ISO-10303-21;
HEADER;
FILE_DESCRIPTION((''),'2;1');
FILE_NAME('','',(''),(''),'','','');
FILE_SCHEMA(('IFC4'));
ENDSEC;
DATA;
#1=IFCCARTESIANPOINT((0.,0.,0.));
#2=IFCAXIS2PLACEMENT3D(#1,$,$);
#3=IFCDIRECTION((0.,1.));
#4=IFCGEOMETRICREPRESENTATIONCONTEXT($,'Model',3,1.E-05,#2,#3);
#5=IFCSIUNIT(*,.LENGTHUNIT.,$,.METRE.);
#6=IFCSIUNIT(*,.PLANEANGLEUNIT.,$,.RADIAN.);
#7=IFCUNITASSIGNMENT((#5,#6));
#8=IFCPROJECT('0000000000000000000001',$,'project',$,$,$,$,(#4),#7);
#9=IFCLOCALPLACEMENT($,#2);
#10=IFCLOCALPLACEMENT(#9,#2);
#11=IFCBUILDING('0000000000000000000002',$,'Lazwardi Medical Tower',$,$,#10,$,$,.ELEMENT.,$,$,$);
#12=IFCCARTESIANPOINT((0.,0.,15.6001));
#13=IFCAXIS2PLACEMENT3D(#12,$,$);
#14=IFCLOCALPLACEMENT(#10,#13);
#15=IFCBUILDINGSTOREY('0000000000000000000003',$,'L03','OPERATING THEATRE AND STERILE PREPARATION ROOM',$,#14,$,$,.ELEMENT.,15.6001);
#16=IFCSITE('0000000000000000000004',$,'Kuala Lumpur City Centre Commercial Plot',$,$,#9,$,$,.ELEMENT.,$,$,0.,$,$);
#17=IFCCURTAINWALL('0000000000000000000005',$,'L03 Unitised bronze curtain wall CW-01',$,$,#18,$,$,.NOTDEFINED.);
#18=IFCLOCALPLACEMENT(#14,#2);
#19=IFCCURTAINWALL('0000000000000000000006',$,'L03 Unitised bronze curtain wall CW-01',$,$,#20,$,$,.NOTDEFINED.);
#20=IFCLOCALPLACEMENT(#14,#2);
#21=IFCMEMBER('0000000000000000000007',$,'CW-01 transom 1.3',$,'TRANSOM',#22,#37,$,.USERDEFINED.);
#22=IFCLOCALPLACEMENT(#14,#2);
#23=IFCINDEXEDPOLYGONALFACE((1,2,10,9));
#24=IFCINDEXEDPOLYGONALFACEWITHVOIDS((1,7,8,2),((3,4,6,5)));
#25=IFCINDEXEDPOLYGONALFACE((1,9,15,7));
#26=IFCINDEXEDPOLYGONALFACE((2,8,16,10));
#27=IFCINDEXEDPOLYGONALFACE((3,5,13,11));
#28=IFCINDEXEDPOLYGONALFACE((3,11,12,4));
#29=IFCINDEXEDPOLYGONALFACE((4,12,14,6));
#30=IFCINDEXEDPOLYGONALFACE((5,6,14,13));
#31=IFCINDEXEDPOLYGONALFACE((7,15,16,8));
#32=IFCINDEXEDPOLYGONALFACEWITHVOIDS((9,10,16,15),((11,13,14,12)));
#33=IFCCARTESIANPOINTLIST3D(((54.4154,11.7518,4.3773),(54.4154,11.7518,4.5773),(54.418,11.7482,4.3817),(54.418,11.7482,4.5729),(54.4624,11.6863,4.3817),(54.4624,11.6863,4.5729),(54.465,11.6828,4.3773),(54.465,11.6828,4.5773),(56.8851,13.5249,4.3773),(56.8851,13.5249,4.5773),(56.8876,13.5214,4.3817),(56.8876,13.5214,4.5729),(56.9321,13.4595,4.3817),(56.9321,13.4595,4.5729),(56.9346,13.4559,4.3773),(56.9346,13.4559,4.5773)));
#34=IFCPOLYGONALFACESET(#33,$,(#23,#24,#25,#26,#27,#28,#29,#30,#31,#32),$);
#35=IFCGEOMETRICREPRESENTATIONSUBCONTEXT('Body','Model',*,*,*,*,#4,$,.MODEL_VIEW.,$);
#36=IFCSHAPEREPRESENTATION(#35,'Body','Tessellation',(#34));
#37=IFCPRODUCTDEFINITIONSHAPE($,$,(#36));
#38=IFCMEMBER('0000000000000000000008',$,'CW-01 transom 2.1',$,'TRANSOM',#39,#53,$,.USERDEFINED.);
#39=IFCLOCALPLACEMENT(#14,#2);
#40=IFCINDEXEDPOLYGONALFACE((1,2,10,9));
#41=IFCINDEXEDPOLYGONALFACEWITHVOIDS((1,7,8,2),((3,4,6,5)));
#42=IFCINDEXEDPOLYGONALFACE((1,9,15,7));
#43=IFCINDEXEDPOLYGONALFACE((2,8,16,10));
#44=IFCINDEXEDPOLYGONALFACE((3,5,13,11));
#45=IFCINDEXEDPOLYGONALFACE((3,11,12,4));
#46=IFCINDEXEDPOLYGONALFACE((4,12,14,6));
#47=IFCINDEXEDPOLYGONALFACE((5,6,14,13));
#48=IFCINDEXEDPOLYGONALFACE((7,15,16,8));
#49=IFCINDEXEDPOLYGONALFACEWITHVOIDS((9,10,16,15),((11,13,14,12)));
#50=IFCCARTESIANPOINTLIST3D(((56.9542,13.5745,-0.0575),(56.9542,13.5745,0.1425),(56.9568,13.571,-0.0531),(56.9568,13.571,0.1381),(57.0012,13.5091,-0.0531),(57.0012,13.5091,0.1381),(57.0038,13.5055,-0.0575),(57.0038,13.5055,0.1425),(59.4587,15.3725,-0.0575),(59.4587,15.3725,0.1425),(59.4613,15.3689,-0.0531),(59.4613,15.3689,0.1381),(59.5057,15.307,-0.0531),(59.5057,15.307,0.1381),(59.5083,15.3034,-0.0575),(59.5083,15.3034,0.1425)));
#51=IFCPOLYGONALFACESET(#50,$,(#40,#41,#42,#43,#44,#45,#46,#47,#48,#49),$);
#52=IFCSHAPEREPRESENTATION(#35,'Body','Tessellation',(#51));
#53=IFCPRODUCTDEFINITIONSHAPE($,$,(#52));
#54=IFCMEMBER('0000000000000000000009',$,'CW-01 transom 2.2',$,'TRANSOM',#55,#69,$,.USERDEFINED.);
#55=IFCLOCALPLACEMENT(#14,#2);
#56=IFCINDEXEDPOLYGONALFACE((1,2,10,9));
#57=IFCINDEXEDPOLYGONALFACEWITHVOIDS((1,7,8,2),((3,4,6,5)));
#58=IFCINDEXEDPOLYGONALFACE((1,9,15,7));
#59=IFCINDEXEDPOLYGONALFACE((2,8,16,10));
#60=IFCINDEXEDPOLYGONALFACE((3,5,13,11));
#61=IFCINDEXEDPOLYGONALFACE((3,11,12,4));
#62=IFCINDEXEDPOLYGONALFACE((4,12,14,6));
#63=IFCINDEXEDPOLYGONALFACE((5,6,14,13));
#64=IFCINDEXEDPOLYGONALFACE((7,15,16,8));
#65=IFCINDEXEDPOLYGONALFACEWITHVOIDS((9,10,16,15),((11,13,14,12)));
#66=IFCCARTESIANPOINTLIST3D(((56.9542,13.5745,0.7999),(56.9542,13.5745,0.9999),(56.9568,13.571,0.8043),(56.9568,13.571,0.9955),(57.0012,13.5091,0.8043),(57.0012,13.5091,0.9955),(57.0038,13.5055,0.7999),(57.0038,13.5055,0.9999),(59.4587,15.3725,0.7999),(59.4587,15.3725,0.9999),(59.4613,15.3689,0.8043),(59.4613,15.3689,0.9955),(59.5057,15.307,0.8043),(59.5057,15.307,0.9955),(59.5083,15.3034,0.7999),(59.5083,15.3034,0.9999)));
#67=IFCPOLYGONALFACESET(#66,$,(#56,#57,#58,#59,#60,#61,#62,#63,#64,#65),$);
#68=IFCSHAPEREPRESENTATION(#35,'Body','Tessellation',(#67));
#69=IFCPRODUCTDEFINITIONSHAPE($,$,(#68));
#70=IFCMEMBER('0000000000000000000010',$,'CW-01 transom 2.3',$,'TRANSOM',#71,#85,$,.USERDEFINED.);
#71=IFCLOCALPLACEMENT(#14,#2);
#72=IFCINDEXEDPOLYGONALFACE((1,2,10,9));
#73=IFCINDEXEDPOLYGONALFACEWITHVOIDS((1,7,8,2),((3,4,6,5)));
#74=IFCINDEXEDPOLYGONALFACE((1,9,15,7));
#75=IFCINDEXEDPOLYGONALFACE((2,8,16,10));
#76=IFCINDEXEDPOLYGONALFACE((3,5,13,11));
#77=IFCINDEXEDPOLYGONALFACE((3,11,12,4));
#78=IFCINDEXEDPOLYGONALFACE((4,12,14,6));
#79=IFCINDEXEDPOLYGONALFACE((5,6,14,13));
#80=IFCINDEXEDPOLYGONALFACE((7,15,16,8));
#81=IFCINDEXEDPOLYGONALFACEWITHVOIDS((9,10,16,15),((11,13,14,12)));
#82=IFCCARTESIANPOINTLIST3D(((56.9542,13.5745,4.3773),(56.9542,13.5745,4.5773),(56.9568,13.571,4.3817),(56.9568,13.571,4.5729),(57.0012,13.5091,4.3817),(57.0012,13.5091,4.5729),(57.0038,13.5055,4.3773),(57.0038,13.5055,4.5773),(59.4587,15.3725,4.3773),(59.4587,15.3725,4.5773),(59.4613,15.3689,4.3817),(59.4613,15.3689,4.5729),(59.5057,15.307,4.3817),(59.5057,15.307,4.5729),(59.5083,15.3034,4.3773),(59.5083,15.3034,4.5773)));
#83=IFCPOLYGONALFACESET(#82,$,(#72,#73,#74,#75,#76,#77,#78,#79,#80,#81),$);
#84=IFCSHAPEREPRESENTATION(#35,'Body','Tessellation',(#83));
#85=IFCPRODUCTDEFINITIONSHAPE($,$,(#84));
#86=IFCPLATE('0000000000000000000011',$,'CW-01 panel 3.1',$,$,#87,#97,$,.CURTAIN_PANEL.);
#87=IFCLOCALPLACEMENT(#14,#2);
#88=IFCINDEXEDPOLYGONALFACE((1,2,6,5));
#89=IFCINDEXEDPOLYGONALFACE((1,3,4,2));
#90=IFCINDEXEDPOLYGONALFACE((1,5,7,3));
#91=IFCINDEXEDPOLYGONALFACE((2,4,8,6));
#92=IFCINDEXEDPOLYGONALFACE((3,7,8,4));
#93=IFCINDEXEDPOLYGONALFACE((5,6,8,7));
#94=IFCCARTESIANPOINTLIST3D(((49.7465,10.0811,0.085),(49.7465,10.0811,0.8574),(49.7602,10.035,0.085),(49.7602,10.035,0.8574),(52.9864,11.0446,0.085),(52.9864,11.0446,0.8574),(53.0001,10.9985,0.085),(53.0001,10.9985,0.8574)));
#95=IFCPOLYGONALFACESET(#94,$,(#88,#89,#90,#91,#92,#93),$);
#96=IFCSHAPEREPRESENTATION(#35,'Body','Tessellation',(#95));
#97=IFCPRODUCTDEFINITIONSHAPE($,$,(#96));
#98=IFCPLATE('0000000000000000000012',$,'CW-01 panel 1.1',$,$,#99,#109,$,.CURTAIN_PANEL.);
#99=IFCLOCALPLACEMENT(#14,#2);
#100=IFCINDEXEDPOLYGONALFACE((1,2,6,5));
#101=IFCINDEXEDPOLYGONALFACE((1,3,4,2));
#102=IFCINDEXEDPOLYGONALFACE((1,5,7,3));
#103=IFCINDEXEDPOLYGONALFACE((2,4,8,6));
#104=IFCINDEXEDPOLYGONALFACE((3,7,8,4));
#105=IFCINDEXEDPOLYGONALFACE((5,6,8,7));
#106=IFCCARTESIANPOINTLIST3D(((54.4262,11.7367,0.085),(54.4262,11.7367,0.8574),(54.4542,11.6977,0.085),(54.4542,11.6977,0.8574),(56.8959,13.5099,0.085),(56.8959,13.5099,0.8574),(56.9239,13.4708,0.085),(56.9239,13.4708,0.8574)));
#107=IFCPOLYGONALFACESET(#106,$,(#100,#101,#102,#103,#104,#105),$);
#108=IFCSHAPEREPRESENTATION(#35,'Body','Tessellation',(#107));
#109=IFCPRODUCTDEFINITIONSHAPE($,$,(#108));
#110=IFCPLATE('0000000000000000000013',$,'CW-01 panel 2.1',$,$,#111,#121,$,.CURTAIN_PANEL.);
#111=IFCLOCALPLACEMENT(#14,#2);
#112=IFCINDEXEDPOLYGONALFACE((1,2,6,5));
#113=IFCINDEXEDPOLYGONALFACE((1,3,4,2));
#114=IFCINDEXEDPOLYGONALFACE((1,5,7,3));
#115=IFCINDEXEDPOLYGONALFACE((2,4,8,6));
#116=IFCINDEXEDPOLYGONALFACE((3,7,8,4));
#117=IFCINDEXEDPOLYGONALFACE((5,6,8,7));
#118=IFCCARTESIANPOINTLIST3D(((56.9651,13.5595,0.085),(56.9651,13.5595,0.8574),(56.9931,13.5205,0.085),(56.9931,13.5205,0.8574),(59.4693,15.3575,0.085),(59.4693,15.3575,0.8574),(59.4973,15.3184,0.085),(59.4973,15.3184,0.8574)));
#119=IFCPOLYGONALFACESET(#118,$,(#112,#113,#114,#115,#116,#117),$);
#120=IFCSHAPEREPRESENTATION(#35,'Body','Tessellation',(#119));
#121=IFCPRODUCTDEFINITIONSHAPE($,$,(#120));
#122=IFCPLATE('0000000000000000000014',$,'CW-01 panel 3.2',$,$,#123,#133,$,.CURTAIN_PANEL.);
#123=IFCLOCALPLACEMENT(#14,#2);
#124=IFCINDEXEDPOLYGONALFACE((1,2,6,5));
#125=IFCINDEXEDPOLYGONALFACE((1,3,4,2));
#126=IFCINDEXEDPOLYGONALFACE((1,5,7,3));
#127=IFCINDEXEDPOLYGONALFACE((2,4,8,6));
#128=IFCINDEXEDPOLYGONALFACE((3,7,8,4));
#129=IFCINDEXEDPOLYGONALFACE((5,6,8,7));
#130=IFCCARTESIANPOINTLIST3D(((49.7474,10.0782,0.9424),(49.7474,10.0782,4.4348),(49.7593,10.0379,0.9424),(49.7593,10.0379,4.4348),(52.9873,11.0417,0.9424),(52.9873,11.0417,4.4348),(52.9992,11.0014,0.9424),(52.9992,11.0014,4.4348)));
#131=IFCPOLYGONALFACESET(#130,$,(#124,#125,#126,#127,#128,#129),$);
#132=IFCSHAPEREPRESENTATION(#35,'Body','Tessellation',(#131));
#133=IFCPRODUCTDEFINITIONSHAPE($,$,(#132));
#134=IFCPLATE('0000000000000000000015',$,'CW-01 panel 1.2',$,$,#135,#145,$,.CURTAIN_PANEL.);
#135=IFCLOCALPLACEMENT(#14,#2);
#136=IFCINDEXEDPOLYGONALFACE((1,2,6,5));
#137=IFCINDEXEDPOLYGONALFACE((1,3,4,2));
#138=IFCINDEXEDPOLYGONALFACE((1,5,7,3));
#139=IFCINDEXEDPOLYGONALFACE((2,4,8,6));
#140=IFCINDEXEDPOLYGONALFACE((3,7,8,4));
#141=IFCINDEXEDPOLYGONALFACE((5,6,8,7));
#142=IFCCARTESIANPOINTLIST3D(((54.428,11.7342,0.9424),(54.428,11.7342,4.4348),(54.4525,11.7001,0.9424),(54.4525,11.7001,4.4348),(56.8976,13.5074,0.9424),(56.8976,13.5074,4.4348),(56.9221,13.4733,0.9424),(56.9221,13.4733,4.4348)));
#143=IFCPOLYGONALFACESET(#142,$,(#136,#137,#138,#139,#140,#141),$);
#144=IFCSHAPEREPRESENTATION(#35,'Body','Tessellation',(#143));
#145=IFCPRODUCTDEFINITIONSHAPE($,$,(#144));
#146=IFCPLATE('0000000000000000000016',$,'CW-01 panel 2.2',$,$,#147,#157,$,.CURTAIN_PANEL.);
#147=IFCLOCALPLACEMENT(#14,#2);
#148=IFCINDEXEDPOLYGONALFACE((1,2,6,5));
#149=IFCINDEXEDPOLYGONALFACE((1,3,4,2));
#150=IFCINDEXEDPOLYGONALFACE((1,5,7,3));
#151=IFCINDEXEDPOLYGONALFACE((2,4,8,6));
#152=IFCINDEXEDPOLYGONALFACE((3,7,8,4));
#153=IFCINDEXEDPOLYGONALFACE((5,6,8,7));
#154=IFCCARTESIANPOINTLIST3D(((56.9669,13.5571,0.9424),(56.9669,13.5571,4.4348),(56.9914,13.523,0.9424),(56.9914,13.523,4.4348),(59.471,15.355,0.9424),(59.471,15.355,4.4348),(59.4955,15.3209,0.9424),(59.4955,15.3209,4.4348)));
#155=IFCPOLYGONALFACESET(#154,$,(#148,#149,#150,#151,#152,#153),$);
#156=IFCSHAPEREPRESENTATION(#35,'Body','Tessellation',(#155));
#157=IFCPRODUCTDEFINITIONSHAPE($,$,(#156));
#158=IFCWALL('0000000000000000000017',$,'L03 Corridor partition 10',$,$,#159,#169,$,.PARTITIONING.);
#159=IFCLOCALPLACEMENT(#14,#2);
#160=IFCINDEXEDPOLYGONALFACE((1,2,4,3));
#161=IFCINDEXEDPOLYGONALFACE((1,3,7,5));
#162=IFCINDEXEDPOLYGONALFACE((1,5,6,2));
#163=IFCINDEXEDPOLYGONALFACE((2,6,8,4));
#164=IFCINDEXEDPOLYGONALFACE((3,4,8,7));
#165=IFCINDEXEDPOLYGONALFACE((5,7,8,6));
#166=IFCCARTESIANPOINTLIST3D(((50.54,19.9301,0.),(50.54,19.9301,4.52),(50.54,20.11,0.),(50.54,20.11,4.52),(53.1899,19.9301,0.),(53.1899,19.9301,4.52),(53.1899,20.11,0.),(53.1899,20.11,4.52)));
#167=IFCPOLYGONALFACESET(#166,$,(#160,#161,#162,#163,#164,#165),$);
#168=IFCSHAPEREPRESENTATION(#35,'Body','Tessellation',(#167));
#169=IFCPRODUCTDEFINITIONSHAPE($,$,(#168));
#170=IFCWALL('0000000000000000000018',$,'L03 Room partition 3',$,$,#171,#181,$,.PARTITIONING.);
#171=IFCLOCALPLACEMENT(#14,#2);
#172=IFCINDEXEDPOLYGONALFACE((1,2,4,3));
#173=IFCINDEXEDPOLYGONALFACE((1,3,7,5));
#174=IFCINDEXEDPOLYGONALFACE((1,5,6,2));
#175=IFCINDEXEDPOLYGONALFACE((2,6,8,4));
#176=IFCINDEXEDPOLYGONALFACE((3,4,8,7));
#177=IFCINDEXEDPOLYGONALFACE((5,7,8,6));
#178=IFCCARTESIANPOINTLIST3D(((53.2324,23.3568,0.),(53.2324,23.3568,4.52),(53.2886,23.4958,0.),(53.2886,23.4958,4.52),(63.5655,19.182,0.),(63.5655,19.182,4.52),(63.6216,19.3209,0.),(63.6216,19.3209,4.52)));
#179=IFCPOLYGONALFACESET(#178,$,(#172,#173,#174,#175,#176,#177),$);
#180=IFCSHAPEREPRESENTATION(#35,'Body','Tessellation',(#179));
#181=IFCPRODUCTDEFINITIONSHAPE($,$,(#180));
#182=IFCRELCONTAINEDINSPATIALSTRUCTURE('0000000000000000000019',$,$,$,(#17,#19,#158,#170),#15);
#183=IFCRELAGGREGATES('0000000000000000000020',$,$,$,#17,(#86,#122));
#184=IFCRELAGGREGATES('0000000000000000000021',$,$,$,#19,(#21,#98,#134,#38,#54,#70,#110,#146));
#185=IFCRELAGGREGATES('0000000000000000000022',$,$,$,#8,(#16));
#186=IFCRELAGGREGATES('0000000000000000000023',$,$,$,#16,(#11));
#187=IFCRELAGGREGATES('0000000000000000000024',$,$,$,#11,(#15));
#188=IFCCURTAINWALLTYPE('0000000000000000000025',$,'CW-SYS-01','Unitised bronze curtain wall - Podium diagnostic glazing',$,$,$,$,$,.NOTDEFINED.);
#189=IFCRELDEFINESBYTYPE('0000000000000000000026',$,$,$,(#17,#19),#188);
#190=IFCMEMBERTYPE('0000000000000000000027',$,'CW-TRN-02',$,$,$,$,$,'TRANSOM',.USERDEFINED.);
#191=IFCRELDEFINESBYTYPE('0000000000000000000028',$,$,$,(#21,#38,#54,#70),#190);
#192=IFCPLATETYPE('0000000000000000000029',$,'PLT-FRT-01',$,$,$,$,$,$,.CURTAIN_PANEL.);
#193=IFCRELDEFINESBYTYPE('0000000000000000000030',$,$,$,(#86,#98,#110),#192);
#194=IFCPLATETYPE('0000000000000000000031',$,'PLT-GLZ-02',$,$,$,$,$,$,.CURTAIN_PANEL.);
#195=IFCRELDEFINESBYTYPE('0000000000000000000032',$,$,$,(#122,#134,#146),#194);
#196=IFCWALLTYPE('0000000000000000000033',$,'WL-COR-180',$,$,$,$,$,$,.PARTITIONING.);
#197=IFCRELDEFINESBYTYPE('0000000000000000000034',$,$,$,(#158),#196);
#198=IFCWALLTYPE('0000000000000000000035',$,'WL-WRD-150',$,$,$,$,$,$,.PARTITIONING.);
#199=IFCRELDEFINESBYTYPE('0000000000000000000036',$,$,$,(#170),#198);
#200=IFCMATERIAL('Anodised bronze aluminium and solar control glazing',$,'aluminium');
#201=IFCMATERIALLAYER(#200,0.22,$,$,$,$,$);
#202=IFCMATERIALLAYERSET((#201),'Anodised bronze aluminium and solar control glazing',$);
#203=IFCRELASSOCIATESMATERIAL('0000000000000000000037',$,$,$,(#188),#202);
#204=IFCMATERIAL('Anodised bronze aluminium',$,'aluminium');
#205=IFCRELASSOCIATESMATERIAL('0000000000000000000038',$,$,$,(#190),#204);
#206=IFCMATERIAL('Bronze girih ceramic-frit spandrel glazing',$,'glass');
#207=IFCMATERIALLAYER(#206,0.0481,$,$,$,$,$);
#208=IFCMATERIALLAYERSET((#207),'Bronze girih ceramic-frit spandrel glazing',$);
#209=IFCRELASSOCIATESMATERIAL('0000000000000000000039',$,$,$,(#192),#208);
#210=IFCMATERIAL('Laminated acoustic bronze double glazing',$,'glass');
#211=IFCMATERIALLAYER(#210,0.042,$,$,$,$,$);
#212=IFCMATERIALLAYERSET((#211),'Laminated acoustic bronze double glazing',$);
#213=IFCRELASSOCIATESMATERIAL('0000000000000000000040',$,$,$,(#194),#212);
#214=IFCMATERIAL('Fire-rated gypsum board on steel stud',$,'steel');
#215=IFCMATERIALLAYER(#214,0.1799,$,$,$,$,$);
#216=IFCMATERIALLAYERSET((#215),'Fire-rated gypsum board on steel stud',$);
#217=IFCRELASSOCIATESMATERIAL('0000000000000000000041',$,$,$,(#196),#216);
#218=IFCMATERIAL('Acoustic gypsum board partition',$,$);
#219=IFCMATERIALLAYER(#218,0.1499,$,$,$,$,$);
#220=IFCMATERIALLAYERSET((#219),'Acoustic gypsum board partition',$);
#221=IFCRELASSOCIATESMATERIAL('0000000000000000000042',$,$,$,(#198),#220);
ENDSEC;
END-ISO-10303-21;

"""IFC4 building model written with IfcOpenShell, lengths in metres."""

from ifc_helpers import new_model, si_unit, direction, frame, frame_2d, origin, origin_2d, place, context, subcontext, project, spatial, rectangle, hollow_rectangle, extrude, material, layer, layer_set, material_profile, profile_set, type_object, element, aggregate, save


model = new_model("IFC4")

# Units and contexts
model_context = context("Model", 3, precision=1e-05, world=origin(), true_north=direction((0.0, 1.0)))
body_context = subcontext(model_context, "Body", "Model", "MODEL_VIEW")
ifc_project = project(units=[si_unit("LENGTHUNIT", "METRE"), si_unit("PLANEANGLEUNIT", "RADIAN")], contexts=[model_context])

# Site, building, storey
site_placement = place(None, origin())
site = spatial("IfcSite", under=ifc_project, at=site_placement, Name="Kuala Lumpur City Centre Commercial Plot", CompositionType="ELEMENT", RefElevation=0.0)
building_placement = place(site_placement, origin())
building = spatial("IfcBuilding", under=site, at=building_placement, Name="Lazwardi Medical Tower", CompositionType="ELEMENT")
storey_placement = place(building_placement, frame((0.0, 0.0, 15.6001)))
storey = spatial("IfcBuildingStorey", under=building, at=storey_placement, Name="L03", Description="OPERATING THEATRE AND STERILE PREPARATION ROOM", CompositionType="ELEMENT", Elevation=15.6001)

# Curtain wall
ifc_material_1 = material(Name="Anodised bronze aluminium and solar control glazing", Category="aluminium")
ifc_layer_1 = layer(ifc_material_1, 0.22)
ifc_layer_set_1 = layer_set([ifc_layer_1], Name="Anodised bronze aluminium and solar control glazing")
curtain_wall_type = type_object("IfcCurtainWallType", Name="CW-SYS-01", Description="Unitised bronze curtain wall - Podium diagnostic glazing", PredefinedType="NOTDEFINED", material=ifc_layer_set_1)
curtain_wall_1_placement = place(storey_placement, origin())
curtain_wall_1 = element("IfcCurtainWall", 1, at=curtain_wall_1_placement, inside=storey, type_object=curtain_wall_type, Name="L03 Unitised bronze curtain wall CW-01", PredefinedType="NOTDEFINED")
ifc_material_2 = material(Name="Anodised bronze aluminium", Category="aluminium")

# Curtain wall
curtain_wall_2_placement = place(storey_placement, origin())
curtain_wall_2 = element("IfcCurtainWall", 2, at=curtain_wall_2_placement, inside=storey, type_object=curtain_wall_type, Name="L03 Unitised bronze curtain wall CW-01", PredefinedType="NOTDEFINED")

# Members
ifc_material_profile_1 = material_profile(ifc_material_2, hollow_rectangle(XDim=0.085, YDim=0.2, WallThickness=0.0044, at=origin_2d()), Name="ALU-TRANSOM 200x85x4.5")
ifc_profile_set_1 = profile_set([ifc_material_profile_1], Name="Anodised bronze aluminium")
member_type_1 = type_object("IfcMemberType", Name="CW-TRN-02", ElementType="TRANSOM", PredefinedType="USERDEFINED", material=ifc_profile_set_1)
member_1_placement = place(storey_placement, frame((54.4402, 11.7173, 4.4773), z_axis=(0.812315, 0.583219, 0.0), x_axis=(-0.583219, 0.812315, 0.0)))
member_1 = element("IfcMember", 3, at=member_1_placement, type_object=member_type_1, Name="CW-01 transom 1.3", ObjectType="TRANSOM", PredefinedType="USERDEFINED", context=body_context, shape_type="SweptSolid", body=[
    extrude(hollow_rectangle(XDim=0.085, YDim=0.2, WallThickness=0.0044, at=origin_2d()), origin(), (0.0, 0.0, 1.0), 3.0403),
])
member_2_placement = place(storey_placement, frame((56.979, 13.54, 0.0425), z_axis=(0.812351, 0.583169, 0.0), x_axis=(-0.583169, 0.812351, 0.0)))
member_2 = element("IfcMember", 4, at=member_2_placement, type_object=member_type_1, Name="CW-01 transom 2.1", ObjectType="TRANSOM", PredefinedType="USERDEFINED", context=body_context, shape_type="SweptSolid", body=[
    extrude(hollow_rectangle(XDim=0.085, YDim=0.2, WallThickness=0.0044, at=origin_2d()), origin(), (0.0, 0.0, 1.0), 3.083),
])
member_3_placement = place(storey_placement, frame((56.979, 13.54, 0.8999), z_axis=(0.812351, 0.583169, 0.0), x_axis=(-0.583169, 0.812351, 0.0)))
member_3 = element("IfcMember", 5, at=member_3_placement, type_object=member_type_1, Name="CW-01 transom 2.2", ObjectType="TRANSOM", PredefinedType="USERDEFINED", context=body_context, shape_type="SweptSolid", body=[
    extrude(hollow_rectangle(XDim=0.085, YDim=0.2, WallThickness=0.0044, at=origin_2d()), origin(), (0.0, 0.0, 1.0), 3.083),
])
member_4_placement = place(storey_placement, frame((56.979, 13.54, 4.4773), z_axis=(0.812351, 0.583169, 0.0), x_axis=(-0.583169, 0.812351, 0.0)))
member_4 = element("IfcMember", 6, at=member_4_placement, type_object=member_type_1, Name="CW-01 transom 2.3", ObjectType="TRANSOM", PredefinedType="USERDEFINED", context=body_context, shape_type="SweptSolid", body=[
    extrude(hollow_rectangle(XDim=0.085, YDim=0.2, WallThickness=0.0044, at=origin_2d()), origin(), (0.0, 0.0, 1.0), 3.083),
])

# Plates
ifc_material_3 = material(Name="Bronze girih ceramic-frit spandrel glazing", Category="glass")
ifc_layer_2 = layer(ifc_material_3, 0.0481)
ifc_layer_set_2 = layer_set([ifc_layer_2], Name="Bronze girih ceramic-frit spandrel glazing")
plate_type_1 = type_object("IfcPlateType", Name="PLT-FRT-01", PredefinedType="CURTAIN_PANEL", material=ifc_layer_set_2)
plate_1_placement = place(storey_placement, frame((51.3733, 10.5398, 0.085), z_axis=(0.0, 0.0, 1.0), x_axis=(0.958513, 0.285047, 0.0)))
plate_1 = element("IfcPlate", 7, at=plate_1_placement, type_object=plate_type_1, Name="CW-01 panel 3.1", PredefinedType="CURTAIN_PANEL", context=body_context, shape_type="SweptSolid", body=[
    extrude(rectangle(XDim=3.3801, YDim=0.0481, at=origin_2d()), origin(), (0.0, 0.0, 1.0), 0.7725),
])
plate_2_placement = place(storey_placement, frame((55.675, 12.6038, 0.085), z_axis=(0.0, 0.0, 1.0), x_axis=(0.812318, 0.583214, 0.0)))
plate_2 = element("IfcPlate", 8, at=plate_2_placement, type_object=plate_type_1, Name="CW-01 panel 1.1", PredefinedType="CURTAIN_PANEL", context=body_context, shape_type="SweptSolid", body=[
    extrude(rectangle(XDim=3.0403, YDim=0.0481, at=origin_2d()), origin(), (0.0, 0.0, 1.0), 0.7725),
])
plate_3_placement = place(storey_placement, frame((58.2312, 14.439, 0.085), z_axis=(0.0, 0.0, 1.0), x_axis=(0.812318, 0.583214, 0.0)))
plate_3 = element("IfcPlate", 9, at=plate_3_placement, type_object=plate_type_1, Name="CW-01 panel 2.1", PredefinedType="CURTAIN_PANEL", context=body_context, shape_type="SweptSolid", body=[
    extrude(rectangle(XDim=3.0828, YDim=0.0481, at=origin_2d()), origin(), (0.0, 0.0, 1.0), 0.7725),
])
ifc_material_4 = material(Name="Laminated acoustic bronze double glazing", Category="glass")
ifc_layer_3 = layer(ifc_material_4, 0.042)
ifc_layer_set_3 = layer_set([ifc_layer_3], Name="Laminated acoustic bronze double glazing")
plate_type_2 = type_object("IfcPlateType", Name="PLT-GLZ-02", PredefinedType="CURTAIN_PANEL", material=ifc_layer_set_3)
plate_4_placement = place(storey_placement, frame((51.3733, 10.5398, 0.9424), z_axis=(0.0, 0.0, 1.0), x_axis=(0.958513, 0.285047, 0.0)))
plate_4 = element("IfcPlate", 10, at=plate_4_placement, type_object=plate_type_2, Name="CW-01 panel 3.2", PredefinedType="CURTAIN_PANEL", context=body_context, shape_type="SweptSolid", body=[
    extrude(rectangle(XDim=3.3801, YDim=0.042, at=origin_2d()), origin(), (0.0, 0.0, 1.0), 3.4924),
])
aggregate(curtain_wall_1, [plate_1, plate_4])
plate_5_placement = place(storey_placement, frame((55.675, 12.6038, 0.9424), z_axis=(0.0, 0.0, 1.0), x_axis=(0.812318, 0.583214, 0.0)))
plate_5 = element("IfcPlate", 11, at=plate_5_placement, type_object=plate_type_2, Name="CW-01 panel 1.2", PredefinedType="CURTAIN_PANEL", context=body_context, shape_type="SweptSolid", body=[
    extrude(rectangle(XDim=3.0403, YDim=0.042, at=origin_2d()), origin(), (0.0, 0.0, 1.0), 3.4924),
])
plate_6_placement = place(storey_placement, frame((58.2312, 14.439, 0.9424), z_axis=(0.0, 0.0, 1.0), x_axis=(0.812318, 0.583214, 0.0)))
plate_6 = element("IfcPlate", 12, at=plate_6_placement, type_object=plate_type_2, Name="CW-01 panel 2.2", PredefinedType="CURTAIN_PANEL", context=body_context, shape_type="SweptSolid", body=[
    extrude(rectangle(XDim=3.0828, YDim=0.042, at=origin_2d()), origin(), (0.0, 0.0, 1.0), 3.4924),
])
aggregate(curtain_wall_2, [member_1, plate_2, plate_5, member_2, member_3, member_4, plate_3, plate_6])

# Walls
ifc_material_5 = material(Name="Fire-rated gypsum board on steel stud", Category="steel")
ifc_layer_4 = layer(ifc_material_5, 0.1799)
ifc_layer_set_4 = layer_set([ifc_layer_4], Name="Fire-rated gypsum board on steel stud")
wall_type_1 = type_object("IfcWallType", Name="WL-COR-180", PredefinedType="PARTITIONING", material=ifc_layer_set_4)
wall_1_placement = place(storey_placement, frame((53.1899, 20.02, 0.0), z_axis=(0.0, 0.0, 1.0), x_axis=(-1.0, 0.0, 0.0)))
element("IfcWall", 13, at=wall_1_placement, inside=storey, type_object=wall_type_1, Name="L03 Corridor partition 10", PredefinedType="PARTITIONING", context=body_context, shape_type="SweptSolid", body=[
    extrude(rectangle(XDim=2.6499, YDim=0.1799, at=frame_2d((1.325, 0.0))), origin(), (0.0, 0.0, 1.0), 4.52),
])
ifc_material_6 = material(Name="Acoustic gypsum board partition")
ifc_layer_5 = layer(ifc_material_6, 0.1499)
ifc_layer_set_5 = layer_set([ifc_layer_5], Name="Acoustic gypsum board partition")
wall_type_2 = type_object("IfcWallType", Name="WL-WRD-150", PredefinedType="PARTITIONING", material=ifc_layer_set_5)
wall_2_placement = place(storey_placement, frame((53.2605, 23.4263, 0.0), z_axis=(0.0, 0.0, 1.0), x_axis=(0.927184, -0.374606, 0.0)))
element("IfcWall", 14, at=wall_2_placement, inside=storey, type_object=wall_type_2, Name="L03 Room partition 3", PredefinedType="PARTITIONING", context=body_context, shape_type="SweptSolid", body=[
    extrude(rectangle(XDim=11.1445, YDim=0.1499, at=frame_2d((5.5723, 0.0))), origin(), (0.0, 0.0, 1.0), 4.52),
])

save(model, "model.ifc")
